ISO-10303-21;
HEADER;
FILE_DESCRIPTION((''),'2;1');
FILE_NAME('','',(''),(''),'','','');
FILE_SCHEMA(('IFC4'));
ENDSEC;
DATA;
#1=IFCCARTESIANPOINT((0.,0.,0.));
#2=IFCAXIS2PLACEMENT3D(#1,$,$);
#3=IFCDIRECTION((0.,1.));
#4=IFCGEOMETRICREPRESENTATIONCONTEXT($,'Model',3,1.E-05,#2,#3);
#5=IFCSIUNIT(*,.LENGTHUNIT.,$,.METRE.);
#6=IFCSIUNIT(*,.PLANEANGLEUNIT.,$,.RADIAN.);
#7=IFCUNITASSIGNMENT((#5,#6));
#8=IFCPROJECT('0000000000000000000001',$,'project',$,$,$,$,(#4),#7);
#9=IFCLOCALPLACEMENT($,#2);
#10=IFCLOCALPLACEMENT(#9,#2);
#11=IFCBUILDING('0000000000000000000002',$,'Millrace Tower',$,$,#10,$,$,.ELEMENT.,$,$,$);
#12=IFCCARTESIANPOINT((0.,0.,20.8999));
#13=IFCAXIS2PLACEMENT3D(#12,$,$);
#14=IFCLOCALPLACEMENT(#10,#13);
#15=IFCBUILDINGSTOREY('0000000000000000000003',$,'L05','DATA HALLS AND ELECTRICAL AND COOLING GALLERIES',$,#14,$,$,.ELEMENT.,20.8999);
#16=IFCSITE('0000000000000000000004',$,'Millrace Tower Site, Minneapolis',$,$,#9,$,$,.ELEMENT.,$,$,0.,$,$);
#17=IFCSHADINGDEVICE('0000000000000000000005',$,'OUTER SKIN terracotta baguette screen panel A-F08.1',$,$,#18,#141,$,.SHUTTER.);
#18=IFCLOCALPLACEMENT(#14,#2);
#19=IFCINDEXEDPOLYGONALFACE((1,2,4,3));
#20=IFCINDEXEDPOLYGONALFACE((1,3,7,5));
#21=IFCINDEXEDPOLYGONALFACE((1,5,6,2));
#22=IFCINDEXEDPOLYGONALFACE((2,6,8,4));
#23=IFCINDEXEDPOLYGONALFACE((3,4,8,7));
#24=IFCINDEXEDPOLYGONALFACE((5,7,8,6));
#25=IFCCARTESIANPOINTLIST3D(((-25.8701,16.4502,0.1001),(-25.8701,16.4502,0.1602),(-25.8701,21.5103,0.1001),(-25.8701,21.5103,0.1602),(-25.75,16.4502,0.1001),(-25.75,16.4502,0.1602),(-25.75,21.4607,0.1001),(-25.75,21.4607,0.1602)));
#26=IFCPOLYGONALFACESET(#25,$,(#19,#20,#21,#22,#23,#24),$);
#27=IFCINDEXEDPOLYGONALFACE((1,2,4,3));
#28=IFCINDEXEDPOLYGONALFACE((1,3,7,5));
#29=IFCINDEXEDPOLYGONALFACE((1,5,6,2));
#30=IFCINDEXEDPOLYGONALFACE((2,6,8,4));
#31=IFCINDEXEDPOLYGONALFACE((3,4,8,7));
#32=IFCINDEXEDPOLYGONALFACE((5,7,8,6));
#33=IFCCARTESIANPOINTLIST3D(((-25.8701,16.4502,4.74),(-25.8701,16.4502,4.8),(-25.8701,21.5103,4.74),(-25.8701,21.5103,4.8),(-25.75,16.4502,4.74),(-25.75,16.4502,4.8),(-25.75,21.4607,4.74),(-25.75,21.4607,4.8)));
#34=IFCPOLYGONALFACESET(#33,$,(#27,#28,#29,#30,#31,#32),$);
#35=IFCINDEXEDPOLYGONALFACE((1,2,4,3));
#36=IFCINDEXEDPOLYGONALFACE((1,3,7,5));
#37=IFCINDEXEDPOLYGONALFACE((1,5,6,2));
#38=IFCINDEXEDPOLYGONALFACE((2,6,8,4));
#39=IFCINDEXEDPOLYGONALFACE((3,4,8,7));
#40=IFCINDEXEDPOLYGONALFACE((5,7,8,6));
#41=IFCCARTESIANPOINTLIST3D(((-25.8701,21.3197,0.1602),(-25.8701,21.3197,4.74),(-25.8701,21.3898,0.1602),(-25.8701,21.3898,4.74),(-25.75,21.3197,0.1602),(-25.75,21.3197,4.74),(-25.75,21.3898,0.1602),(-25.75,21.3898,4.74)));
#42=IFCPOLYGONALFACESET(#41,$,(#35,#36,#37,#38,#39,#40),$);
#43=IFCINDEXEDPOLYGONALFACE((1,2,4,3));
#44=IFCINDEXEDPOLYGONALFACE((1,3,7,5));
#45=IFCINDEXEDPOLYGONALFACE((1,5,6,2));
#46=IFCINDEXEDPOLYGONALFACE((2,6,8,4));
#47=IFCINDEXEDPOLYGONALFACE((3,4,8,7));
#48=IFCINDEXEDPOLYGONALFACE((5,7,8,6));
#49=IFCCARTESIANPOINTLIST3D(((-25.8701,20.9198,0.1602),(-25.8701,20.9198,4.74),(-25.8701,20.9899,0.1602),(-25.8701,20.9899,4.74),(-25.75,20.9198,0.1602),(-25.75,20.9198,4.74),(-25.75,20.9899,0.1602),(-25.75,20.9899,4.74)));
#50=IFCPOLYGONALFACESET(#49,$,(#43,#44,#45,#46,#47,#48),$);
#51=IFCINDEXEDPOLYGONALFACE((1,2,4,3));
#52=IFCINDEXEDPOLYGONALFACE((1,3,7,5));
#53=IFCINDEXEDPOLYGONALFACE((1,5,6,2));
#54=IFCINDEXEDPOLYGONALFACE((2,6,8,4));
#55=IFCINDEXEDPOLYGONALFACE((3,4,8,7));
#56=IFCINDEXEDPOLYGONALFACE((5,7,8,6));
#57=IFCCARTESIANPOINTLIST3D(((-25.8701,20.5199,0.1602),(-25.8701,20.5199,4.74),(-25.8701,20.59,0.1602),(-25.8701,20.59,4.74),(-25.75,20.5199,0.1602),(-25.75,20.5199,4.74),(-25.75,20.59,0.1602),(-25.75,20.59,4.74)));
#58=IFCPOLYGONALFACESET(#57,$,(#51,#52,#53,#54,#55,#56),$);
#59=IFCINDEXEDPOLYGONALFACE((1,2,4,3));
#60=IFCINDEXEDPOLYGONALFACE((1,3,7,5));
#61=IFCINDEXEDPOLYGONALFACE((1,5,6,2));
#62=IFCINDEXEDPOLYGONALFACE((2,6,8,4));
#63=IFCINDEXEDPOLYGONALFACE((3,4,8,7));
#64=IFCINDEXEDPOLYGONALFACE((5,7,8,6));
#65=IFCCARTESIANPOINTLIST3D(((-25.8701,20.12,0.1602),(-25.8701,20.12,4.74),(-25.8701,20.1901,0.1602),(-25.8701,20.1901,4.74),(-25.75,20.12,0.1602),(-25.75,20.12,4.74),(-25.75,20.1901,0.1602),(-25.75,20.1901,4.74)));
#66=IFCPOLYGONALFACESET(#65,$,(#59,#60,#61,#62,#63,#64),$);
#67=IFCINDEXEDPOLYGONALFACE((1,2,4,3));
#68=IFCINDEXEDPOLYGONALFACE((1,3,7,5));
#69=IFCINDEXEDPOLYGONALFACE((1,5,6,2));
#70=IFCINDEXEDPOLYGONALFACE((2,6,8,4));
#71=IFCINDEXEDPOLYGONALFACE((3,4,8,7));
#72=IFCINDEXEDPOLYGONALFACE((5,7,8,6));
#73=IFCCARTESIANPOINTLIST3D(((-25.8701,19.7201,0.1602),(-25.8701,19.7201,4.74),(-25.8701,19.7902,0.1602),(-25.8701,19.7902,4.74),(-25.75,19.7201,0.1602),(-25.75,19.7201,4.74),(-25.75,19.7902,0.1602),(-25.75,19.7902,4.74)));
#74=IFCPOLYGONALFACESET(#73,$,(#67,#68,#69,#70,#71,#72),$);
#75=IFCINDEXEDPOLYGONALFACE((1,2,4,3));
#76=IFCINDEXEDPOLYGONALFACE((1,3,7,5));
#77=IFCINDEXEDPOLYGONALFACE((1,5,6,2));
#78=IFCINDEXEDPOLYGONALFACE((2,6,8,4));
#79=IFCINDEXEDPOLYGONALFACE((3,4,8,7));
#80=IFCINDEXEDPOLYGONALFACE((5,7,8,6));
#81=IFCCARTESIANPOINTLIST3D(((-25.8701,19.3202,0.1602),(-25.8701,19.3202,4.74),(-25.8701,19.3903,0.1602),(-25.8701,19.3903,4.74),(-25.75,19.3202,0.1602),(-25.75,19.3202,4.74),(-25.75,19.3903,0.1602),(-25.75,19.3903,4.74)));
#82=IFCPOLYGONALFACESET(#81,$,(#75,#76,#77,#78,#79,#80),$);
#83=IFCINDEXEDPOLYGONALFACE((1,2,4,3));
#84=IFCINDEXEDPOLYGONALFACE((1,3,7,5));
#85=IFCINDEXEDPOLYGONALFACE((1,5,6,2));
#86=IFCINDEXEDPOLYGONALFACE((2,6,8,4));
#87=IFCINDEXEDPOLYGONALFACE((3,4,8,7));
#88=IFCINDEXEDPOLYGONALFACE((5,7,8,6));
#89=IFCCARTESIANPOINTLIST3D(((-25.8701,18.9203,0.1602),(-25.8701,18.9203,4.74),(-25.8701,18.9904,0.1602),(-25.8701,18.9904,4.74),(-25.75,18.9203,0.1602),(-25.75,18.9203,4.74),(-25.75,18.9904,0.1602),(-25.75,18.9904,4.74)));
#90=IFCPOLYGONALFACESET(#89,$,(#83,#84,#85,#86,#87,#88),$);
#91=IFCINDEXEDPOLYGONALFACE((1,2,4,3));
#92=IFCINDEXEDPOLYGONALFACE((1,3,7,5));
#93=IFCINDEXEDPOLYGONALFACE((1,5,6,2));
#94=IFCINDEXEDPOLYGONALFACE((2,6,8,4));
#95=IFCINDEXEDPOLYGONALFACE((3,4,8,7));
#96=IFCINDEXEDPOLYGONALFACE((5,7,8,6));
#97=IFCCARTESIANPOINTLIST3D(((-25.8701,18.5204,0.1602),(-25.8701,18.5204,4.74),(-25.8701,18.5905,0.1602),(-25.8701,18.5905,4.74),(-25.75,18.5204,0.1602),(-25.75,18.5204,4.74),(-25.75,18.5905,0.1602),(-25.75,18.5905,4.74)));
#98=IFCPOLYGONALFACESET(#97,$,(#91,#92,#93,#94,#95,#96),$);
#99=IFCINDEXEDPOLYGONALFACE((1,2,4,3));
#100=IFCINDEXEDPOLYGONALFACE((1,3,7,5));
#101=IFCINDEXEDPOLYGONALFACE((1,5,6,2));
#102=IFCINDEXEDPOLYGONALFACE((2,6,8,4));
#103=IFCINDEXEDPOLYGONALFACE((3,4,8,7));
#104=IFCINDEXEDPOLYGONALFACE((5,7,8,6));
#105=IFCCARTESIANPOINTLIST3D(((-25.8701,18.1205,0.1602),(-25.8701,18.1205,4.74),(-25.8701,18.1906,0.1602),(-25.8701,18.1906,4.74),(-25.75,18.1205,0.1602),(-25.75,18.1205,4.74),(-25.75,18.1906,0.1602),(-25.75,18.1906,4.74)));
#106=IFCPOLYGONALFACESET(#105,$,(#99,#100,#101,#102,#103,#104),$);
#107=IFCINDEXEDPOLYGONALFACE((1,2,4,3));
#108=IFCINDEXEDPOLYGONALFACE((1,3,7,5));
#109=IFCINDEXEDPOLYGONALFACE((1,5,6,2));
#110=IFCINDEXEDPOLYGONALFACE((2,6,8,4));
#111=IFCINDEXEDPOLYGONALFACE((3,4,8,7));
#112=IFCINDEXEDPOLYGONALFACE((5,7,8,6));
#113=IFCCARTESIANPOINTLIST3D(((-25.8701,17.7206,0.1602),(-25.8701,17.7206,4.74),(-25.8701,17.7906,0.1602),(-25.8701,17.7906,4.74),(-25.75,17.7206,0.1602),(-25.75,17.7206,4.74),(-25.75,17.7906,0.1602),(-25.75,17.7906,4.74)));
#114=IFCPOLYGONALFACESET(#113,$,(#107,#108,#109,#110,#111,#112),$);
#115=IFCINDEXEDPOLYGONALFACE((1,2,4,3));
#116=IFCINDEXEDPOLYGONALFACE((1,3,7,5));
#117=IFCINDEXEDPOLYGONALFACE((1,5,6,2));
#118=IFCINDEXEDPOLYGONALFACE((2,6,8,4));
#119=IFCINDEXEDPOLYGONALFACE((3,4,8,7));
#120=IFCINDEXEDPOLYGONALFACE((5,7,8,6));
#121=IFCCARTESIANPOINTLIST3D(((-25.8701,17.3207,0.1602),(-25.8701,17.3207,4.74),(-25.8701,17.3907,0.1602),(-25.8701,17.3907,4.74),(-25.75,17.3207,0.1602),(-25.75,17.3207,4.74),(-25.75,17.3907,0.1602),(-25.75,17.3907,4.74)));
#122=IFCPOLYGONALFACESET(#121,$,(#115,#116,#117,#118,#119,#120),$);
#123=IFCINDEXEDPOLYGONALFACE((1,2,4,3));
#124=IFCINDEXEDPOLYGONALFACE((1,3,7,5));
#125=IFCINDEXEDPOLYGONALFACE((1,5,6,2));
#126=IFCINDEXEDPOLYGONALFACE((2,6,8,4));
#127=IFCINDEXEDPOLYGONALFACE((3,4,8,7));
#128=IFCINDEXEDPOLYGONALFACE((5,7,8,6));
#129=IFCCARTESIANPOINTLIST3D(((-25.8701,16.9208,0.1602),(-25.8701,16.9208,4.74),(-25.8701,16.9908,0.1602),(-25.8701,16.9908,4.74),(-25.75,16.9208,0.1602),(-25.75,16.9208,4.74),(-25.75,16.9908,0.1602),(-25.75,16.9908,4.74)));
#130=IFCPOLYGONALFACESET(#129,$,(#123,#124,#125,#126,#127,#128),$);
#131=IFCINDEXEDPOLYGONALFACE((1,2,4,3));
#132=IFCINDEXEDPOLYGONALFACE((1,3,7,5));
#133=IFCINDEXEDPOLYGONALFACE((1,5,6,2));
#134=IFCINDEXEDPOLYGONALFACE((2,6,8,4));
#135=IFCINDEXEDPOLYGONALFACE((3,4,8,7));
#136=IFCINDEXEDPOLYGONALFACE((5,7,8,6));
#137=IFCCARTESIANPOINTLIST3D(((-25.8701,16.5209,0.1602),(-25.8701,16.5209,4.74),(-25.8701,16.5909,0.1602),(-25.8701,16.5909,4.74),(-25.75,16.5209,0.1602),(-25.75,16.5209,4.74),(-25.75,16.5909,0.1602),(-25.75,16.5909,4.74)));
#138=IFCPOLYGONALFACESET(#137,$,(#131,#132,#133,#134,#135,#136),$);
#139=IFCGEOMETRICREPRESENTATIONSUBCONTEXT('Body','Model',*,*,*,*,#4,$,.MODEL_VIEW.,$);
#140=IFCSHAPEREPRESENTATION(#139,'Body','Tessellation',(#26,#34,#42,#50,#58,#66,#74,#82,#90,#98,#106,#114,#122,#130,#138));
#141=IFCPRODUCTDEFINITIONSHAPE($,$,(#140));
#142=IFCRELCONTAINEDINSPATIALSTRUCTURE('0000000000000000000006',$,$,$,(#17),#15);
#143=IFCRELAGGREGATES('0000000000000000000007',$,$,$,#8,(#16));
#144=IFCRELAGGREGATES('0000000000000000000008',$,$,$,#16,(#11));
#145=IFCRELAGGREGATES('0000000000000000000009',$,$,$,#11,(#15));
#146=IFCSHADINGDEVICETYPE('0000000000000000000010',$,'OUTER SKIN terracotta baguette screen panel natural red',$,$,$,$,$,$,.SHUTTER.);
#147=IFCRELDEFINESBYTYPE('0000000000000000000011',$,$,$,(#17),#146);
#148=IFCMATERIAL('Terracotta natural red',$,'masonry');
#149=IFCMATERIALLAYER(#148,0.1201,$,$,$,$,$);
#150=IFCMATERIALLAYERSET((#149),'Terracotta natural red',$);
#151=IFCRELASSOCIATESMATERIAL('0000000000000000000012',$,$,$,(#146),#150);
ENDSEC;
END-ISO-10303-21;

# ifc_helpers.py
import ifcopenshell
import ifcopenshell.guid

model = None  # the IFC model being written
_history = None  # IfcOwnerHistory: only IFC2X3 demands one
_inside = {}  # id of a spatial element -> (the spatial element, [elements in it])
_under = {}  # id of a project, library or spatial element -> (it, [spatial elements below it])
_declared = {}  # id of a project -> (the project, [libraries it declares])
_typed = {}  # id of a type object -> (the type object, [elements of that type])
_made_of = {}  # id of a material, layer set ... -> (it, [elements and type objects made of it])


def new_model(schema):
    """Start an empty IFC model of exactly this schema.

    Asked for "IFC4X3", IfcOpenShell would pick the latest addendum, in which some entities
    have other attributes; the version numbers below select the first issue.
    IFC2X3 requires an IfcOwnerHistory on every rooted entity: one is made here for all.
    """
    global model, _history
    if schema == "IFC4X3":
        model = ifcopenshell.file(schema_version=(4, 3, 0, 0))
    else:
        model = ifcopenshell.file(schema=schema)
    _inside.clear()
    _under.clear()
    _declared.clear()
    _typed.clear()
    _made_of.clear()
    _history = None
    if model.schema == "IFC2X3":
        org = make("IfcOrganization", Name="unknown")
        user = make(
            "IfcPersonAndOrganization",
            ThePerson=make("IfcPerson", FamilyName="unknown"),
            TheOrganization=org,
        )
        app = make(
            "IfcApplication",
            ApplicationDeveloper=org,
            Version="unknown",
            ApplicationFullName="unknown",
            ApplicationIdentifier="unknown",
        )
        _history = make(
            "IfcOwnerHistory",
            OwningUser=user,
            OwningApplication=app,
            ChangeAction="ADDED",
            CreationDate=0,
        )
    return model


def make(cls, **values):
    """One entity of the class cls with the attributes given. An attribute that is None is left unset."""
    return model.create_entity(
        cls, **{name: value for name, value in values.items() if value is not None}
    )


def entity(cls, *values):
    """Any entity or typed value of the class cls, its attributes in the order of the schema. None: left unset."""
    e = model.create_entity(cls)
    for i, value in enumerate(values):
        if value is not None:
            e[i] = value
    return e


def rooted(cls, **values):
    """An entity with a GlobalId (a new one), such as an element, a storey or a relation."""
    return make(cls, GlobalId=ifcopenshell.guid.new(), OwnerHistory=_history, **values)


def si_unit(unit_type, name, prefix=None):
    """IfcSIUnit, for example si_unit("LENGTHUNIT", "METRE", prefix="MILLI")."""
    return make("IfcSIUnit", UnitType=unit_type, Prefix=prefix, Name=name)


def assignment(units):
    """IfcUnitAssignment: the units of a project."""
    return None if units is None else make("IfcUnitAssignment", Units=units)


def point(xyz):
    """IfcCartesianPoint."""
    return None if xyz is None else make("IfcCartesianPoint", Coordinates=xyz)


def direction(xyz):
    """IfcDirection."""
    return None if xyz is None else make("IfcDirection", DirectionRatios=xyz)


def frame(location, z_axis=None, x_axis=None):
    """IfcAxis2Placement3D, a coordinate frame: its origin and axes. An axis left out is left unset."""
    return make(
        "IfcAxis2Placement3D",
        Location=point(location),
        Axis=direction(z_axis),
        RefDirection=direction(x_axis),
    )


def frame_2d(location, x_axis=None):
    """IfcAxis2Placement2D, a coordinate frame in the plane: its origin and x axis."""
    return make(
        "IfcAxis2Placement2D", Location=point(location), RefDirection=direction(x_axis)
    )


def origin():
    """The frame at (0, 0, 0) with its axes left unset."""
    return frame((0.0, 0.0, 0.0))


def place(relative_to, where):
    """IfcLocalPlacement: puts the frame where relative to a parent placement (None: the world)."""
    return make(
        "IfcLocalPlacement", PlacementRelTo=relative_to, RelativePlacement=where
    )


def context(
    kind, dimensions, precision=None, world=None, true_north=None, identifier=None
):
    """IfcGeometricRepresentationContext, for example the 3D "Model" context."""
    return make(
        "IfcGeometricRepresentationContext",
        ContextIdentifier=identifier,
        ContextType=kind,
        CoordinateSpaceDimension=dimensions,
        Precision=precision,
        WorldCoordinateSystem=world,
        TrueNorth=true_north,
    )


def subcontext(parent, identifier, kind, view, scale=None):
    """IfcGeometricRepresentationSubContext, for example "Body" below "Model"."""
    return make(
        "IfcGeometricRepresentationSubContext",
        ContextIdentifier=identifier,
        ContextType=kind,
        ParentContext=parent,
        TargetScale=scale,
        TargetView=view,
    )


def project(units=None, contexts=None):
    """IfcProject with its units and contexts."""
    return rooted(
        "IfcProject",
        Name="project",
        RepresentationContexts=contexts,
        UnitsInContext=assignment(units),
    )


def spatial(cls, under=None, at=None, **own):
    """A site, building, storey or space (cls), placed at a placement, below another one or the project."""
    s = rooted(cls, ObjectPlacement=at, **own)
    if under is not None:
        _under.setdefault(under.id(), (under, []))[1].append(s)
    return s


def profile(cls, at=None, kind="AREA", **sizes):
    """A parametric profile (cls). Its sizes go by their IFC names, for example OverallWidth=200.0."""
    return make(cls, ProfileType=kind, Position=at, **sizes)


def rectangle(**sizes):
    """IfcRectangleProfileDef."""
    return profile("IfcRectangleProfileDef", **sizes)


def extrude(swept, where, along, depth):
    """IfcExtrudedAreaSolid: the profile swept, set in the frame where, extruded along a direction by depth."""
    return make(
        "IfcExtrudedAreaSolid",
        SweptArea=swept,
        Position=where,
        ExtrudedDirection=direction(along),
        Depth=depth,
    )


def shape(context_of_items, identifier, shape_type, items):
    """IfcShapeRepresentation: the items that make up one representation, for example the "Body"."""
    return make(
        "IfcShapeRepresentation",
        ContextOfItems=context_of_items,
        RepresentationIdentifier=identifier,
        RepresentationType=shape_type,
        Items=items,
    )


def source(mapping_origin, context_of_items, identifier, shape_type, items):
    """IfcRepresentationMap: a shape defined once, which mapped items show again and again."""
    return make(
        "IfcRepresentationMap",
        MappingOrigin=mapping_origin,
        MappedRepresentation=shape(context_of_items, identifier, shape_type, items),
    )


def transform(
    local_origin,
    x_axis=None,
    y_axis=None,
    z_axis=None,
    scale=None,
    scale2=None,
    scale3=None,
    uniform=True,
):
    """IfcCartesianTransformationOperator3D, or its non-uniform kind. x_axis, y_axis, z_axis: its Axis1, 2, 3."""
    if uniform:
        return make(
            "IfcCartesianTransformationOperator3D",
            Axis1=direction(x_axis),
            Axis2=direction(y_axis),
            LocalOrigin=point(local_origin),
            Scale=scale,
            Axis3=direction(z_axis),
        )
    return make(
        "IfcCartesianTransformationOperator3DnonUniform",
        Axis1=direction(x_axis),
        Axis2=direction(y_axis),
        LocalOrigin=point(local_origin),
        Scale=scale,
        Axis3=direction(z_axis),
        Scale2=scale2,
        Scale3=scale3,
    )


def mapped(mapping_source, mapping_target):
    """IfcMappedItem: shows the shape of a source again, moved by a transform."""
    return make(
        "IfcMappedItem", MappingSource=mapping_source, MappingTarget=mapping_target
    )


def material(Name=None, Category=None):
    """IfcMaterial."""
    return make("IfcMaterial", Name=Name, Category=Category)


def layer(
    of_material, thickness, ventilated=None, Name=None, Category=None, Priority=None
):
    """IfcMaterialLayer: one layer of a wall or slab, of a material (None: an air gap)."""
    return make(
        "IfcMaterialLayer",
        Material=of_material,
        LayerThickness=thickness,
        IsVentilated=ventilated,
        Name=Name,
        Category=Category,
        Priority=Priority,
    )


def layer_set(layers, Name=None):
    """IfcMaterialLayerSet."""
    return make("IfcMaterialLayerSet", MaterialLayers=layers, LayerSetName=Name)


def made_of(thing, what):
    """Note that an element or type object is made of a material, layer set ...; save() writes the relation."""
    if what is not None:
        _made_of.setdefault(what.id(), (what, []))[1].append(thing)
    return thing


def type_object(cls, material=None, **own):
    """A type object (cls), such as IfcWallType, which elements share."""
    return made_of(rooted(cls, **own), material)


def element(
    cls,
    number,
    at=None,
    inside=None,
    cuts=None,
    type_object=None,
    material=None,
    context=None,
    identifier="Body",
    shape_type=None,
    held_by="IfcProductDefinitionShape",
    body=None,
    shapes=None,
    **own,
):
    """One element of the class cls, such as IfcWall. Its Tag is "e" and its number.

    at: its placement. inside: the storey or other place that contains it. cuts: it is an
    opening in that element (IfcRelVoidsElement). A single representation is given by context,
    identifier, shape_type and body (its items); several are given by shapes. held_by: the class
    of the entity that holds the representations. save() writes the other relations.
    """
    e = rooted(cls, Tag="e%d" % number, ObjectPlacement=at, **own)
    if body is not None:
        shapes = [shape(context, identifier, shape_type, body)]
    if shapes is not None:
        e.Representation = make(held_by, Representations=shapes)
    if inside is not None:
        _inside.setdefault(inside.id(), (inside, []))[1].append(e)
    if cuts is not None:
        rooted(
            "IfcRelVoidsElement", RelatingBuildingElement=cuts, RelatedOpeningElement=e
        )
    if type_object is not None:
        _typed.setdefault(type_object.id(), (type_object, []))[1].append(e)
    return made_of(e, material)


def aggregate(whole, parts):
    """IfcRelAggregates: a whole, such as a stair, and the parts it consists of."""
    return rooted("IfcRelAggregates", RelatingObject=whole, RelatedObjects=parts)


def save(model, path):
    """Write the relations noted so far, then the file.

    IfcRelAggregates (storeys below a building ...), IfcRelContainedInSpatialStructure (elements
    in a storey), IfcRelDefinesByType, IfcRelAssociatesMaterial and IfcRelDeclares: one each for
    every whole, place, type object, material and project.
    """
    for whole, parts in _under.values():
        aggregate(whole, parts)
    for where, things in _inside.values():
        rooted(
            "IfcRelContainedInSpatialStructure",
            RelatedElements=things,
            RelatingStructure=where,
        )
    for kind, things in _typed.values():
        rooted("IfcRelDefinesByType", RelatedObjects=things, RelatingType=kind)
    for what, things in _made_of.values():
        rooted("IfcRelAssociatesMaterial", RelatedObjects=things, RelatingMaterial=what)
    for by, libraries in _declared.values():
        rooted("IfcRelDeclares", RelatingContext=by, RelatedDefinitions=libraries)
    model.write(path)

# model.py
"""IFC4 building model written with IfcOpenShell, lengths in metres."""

from ifc_helpers import new_model, entity, si_unit, direction, frame, frame_2d, origin, place, context, subcontext, project, spatial, rectangle, extrude, source, transform, mapped, material, layer, layer_set, type_object, element, save


model = new_model("IFC4")

# Units and contexts
model_context = context("Model", 3, precision=1e-05, world=origin(), true_north=direction((0.0, 1.0)))
body_context = subcontext(model_context, "Body", "Model", "MODEL_VIEW")
ifc_project = project(units=[si_unit("LENGTHUNIT", "METRE"), si_unit("PLANEANGLEUNIT", "RADIAN")], contexts=[model_context])

# Site, building, storey
site_placement = place(None, origin())
site = spatial("IfcSite", under=ifc_project, at=site_placement, Name="Millrace Tower Site, Minneapolis", CompositionType="ELEMENT", RefElevation=0.0)
building_placement = place(site_placement, origin())
building = spatial("IfcBuilding", under=site, at=building_placement, Name="Millrace Tower", CompositionType="ELEMENT")
storey_placement = place(building_placement, frame((0.0, 0.0, 20.8999)))
storey = spatial("IfcBuildingStorey", under=building, at=storey_placement, Name="L05", Description="DATA HALLS AND ELECTRICAL AND COOLING GALLERIES", CompositionType="ELEMENT", Elevation=20.8999)

# Shading device
ifc_material_1 = material(Name="Terracotta natural red", Category="masonry")
ifc_layer_1 = layer(ifc_material_1, 0.1201)
ifc_layer_set_1 = layer_set([ifc_layer_1], Name="Terracotta natural red")
shading_device_type_1 = type_object("IfcShadingDeviceType", Name="OUTER SKIN terracotta baguette screen panel natural red", PredefinedType="SHUTTER", material=ifc_layer_set_1)
cartesian_point_1 = entity("IfcCartesianPoint", [-2.4929, 0.0601])
shared_polyline_1 = entity("IfcPolyline", [cartesian_point_1, entity("IfcCartesianPoint", [2.5176, 0.0601]), entity("IfcCartesianPoint", [2.5176, -0.0601]), entity("IfcCartesianPoint", [-2.5425, -0.0601]), cartesian_point_1])
shared_shape_1 = source(origin(), body_context, "Body", "SweptSolid", [
    entity("IfcExtrudedAreaSolid", entity("IfcArbitraryClosedProfileDef", "AREA", None, shared_polyline_1), entity("IfcAxis2Placement3D", entity("IfcCartesianPoint", [0.0, 0.0, 0.0])), entity("IfcDirection", [0.0, 0.0, 1.0]), 0.0601),
    entity("IfcExtrudedAreaSolid", entity("IfcArbitraryClosedProfileDef", "AREA", None, shared_polyline_1), entity("IfcAxis2Placement3D", entity("IfcCartesianPoint", [0.0, 0.0, 4.6399])), entity("IfcDirection", [0.0, 0.0, 1.0]), 0.0601),
    extrude(rectangle(XDim=0.0701, YDim=0.1201, at=frame_2d((-2.387, 0.0))), frame((0.0, 0.0, 0.0601)), (0.0, 0.0, 1.0), 4.5798),
    extrude(rectangle(XDim=0.0701, YDim=0.1201, at=frame_2d((-1.9871, 0.0))), frame((0.0, 0.0, 0.0601)), (0.0, 0.0, 1.0), 4.5798),
    extrude(rectangle(XDim=0.0701, YDim=0.1201, at=frame_2d((-1.5872, 0.0))), frame((0.0, 0.0, 0.0601)), (0.0, 0.0, 1.0), 4.5798),
    extrude(rectangle(XDim=0.0701, YDim=0.1201, at=frame_2d((-1.1873, 0.0))), frame((0.0, 0.0, 0.0601)), (0.0, 0.0, 1.0), 4.5798),
    extrude(rectangle(XDim=0.0701, YDim=0.1201, at=frame_2d((-0.7874, 0.0))), frame((0.0, 0.0, 0.0601)), (0.0, 0.0, 1.0), 4.5798),
    extrude(rectangle(XDim=0.0701, YDim=0.1201, at=frame_2d((-0.3875, 0.0))), frame((0.0, 0.0, 0.0601)), (0.0, 0.0, 1.0), 4.5798),
    extrude(rectangle(XDim=0.0701, YDim=0.1201, at=frame_2d((0.0125, 0.0))), frame((0.0, 0.0, 0.0601)), (0.0, 0.0, 1.0), 4.5798),
    extrude(rectangle(XDim=0.0701, YDim=0.1201, at=frame_2d((0.4124, 0.0))), frame((0.0, 0.0, 0.0601)), (0.0, 0.0, 1.0), 4.5798),
    extrude(rectangle(XDim=0.0701, YDim=0.1201, at=frame_2d((0.8123, 0.0))), frame((0.0, 0.0, 0.0601)), (0.0, 0.0, 1.0), 4.5798),
    extrude(rectangle(XDim=0.0701, YDim=0.1201, at=frame_2d((1.2122, 0.0))), frame((0.0, 0.0, 0.0601)), (0.0, 0.0, 1.0), 4.5798),
    extrude(rectangle(XDim=0.0701, YDim=0.1201, at=frame_2d((1.6121, 0.0))), frame((0.0, 0.0, 0.0601)), (0.0, 0.0, 1.0), 4.5798),
    extrude(rectangle(XDim=0.0701, YDim=0.1201, at=frame_2d((2.012, 0.0))), frame((0.0, 0.0, 0.0601)), (0.0, 0.0, 1.0), 4.5798),
    extrude(rectangle(XDim=0.0701, YDim=0.1201, at=frame_2d((2.4119, 0.0))), frame((0.0, 0.0, 0.0601)), (0.0, 0.0, 1.0), 4.5798),
])
shading_device_1_placement = place(storey_placement, frame((-25.8101, 18.9678, 0.1001), z_axis=(0.0, 0.0, 1.0), x_axis=(0.0, -1.0, 0.0)))
element("IfcShadingDevice", 1, at=shading_device_1_placement, inside=storey, type_object=shading_device_type_1, Name="OUTER SKIN terracotta baguette screen panel A-F08.1", PredefinedType="SHUTTER", context=body_context, shape_type="MappedRepresentation", body=[
    mapped(shared_shape_1, transform((0.0, 0.0, 0.0), scale=1.0)),
])

save(model, "model.ifc")
